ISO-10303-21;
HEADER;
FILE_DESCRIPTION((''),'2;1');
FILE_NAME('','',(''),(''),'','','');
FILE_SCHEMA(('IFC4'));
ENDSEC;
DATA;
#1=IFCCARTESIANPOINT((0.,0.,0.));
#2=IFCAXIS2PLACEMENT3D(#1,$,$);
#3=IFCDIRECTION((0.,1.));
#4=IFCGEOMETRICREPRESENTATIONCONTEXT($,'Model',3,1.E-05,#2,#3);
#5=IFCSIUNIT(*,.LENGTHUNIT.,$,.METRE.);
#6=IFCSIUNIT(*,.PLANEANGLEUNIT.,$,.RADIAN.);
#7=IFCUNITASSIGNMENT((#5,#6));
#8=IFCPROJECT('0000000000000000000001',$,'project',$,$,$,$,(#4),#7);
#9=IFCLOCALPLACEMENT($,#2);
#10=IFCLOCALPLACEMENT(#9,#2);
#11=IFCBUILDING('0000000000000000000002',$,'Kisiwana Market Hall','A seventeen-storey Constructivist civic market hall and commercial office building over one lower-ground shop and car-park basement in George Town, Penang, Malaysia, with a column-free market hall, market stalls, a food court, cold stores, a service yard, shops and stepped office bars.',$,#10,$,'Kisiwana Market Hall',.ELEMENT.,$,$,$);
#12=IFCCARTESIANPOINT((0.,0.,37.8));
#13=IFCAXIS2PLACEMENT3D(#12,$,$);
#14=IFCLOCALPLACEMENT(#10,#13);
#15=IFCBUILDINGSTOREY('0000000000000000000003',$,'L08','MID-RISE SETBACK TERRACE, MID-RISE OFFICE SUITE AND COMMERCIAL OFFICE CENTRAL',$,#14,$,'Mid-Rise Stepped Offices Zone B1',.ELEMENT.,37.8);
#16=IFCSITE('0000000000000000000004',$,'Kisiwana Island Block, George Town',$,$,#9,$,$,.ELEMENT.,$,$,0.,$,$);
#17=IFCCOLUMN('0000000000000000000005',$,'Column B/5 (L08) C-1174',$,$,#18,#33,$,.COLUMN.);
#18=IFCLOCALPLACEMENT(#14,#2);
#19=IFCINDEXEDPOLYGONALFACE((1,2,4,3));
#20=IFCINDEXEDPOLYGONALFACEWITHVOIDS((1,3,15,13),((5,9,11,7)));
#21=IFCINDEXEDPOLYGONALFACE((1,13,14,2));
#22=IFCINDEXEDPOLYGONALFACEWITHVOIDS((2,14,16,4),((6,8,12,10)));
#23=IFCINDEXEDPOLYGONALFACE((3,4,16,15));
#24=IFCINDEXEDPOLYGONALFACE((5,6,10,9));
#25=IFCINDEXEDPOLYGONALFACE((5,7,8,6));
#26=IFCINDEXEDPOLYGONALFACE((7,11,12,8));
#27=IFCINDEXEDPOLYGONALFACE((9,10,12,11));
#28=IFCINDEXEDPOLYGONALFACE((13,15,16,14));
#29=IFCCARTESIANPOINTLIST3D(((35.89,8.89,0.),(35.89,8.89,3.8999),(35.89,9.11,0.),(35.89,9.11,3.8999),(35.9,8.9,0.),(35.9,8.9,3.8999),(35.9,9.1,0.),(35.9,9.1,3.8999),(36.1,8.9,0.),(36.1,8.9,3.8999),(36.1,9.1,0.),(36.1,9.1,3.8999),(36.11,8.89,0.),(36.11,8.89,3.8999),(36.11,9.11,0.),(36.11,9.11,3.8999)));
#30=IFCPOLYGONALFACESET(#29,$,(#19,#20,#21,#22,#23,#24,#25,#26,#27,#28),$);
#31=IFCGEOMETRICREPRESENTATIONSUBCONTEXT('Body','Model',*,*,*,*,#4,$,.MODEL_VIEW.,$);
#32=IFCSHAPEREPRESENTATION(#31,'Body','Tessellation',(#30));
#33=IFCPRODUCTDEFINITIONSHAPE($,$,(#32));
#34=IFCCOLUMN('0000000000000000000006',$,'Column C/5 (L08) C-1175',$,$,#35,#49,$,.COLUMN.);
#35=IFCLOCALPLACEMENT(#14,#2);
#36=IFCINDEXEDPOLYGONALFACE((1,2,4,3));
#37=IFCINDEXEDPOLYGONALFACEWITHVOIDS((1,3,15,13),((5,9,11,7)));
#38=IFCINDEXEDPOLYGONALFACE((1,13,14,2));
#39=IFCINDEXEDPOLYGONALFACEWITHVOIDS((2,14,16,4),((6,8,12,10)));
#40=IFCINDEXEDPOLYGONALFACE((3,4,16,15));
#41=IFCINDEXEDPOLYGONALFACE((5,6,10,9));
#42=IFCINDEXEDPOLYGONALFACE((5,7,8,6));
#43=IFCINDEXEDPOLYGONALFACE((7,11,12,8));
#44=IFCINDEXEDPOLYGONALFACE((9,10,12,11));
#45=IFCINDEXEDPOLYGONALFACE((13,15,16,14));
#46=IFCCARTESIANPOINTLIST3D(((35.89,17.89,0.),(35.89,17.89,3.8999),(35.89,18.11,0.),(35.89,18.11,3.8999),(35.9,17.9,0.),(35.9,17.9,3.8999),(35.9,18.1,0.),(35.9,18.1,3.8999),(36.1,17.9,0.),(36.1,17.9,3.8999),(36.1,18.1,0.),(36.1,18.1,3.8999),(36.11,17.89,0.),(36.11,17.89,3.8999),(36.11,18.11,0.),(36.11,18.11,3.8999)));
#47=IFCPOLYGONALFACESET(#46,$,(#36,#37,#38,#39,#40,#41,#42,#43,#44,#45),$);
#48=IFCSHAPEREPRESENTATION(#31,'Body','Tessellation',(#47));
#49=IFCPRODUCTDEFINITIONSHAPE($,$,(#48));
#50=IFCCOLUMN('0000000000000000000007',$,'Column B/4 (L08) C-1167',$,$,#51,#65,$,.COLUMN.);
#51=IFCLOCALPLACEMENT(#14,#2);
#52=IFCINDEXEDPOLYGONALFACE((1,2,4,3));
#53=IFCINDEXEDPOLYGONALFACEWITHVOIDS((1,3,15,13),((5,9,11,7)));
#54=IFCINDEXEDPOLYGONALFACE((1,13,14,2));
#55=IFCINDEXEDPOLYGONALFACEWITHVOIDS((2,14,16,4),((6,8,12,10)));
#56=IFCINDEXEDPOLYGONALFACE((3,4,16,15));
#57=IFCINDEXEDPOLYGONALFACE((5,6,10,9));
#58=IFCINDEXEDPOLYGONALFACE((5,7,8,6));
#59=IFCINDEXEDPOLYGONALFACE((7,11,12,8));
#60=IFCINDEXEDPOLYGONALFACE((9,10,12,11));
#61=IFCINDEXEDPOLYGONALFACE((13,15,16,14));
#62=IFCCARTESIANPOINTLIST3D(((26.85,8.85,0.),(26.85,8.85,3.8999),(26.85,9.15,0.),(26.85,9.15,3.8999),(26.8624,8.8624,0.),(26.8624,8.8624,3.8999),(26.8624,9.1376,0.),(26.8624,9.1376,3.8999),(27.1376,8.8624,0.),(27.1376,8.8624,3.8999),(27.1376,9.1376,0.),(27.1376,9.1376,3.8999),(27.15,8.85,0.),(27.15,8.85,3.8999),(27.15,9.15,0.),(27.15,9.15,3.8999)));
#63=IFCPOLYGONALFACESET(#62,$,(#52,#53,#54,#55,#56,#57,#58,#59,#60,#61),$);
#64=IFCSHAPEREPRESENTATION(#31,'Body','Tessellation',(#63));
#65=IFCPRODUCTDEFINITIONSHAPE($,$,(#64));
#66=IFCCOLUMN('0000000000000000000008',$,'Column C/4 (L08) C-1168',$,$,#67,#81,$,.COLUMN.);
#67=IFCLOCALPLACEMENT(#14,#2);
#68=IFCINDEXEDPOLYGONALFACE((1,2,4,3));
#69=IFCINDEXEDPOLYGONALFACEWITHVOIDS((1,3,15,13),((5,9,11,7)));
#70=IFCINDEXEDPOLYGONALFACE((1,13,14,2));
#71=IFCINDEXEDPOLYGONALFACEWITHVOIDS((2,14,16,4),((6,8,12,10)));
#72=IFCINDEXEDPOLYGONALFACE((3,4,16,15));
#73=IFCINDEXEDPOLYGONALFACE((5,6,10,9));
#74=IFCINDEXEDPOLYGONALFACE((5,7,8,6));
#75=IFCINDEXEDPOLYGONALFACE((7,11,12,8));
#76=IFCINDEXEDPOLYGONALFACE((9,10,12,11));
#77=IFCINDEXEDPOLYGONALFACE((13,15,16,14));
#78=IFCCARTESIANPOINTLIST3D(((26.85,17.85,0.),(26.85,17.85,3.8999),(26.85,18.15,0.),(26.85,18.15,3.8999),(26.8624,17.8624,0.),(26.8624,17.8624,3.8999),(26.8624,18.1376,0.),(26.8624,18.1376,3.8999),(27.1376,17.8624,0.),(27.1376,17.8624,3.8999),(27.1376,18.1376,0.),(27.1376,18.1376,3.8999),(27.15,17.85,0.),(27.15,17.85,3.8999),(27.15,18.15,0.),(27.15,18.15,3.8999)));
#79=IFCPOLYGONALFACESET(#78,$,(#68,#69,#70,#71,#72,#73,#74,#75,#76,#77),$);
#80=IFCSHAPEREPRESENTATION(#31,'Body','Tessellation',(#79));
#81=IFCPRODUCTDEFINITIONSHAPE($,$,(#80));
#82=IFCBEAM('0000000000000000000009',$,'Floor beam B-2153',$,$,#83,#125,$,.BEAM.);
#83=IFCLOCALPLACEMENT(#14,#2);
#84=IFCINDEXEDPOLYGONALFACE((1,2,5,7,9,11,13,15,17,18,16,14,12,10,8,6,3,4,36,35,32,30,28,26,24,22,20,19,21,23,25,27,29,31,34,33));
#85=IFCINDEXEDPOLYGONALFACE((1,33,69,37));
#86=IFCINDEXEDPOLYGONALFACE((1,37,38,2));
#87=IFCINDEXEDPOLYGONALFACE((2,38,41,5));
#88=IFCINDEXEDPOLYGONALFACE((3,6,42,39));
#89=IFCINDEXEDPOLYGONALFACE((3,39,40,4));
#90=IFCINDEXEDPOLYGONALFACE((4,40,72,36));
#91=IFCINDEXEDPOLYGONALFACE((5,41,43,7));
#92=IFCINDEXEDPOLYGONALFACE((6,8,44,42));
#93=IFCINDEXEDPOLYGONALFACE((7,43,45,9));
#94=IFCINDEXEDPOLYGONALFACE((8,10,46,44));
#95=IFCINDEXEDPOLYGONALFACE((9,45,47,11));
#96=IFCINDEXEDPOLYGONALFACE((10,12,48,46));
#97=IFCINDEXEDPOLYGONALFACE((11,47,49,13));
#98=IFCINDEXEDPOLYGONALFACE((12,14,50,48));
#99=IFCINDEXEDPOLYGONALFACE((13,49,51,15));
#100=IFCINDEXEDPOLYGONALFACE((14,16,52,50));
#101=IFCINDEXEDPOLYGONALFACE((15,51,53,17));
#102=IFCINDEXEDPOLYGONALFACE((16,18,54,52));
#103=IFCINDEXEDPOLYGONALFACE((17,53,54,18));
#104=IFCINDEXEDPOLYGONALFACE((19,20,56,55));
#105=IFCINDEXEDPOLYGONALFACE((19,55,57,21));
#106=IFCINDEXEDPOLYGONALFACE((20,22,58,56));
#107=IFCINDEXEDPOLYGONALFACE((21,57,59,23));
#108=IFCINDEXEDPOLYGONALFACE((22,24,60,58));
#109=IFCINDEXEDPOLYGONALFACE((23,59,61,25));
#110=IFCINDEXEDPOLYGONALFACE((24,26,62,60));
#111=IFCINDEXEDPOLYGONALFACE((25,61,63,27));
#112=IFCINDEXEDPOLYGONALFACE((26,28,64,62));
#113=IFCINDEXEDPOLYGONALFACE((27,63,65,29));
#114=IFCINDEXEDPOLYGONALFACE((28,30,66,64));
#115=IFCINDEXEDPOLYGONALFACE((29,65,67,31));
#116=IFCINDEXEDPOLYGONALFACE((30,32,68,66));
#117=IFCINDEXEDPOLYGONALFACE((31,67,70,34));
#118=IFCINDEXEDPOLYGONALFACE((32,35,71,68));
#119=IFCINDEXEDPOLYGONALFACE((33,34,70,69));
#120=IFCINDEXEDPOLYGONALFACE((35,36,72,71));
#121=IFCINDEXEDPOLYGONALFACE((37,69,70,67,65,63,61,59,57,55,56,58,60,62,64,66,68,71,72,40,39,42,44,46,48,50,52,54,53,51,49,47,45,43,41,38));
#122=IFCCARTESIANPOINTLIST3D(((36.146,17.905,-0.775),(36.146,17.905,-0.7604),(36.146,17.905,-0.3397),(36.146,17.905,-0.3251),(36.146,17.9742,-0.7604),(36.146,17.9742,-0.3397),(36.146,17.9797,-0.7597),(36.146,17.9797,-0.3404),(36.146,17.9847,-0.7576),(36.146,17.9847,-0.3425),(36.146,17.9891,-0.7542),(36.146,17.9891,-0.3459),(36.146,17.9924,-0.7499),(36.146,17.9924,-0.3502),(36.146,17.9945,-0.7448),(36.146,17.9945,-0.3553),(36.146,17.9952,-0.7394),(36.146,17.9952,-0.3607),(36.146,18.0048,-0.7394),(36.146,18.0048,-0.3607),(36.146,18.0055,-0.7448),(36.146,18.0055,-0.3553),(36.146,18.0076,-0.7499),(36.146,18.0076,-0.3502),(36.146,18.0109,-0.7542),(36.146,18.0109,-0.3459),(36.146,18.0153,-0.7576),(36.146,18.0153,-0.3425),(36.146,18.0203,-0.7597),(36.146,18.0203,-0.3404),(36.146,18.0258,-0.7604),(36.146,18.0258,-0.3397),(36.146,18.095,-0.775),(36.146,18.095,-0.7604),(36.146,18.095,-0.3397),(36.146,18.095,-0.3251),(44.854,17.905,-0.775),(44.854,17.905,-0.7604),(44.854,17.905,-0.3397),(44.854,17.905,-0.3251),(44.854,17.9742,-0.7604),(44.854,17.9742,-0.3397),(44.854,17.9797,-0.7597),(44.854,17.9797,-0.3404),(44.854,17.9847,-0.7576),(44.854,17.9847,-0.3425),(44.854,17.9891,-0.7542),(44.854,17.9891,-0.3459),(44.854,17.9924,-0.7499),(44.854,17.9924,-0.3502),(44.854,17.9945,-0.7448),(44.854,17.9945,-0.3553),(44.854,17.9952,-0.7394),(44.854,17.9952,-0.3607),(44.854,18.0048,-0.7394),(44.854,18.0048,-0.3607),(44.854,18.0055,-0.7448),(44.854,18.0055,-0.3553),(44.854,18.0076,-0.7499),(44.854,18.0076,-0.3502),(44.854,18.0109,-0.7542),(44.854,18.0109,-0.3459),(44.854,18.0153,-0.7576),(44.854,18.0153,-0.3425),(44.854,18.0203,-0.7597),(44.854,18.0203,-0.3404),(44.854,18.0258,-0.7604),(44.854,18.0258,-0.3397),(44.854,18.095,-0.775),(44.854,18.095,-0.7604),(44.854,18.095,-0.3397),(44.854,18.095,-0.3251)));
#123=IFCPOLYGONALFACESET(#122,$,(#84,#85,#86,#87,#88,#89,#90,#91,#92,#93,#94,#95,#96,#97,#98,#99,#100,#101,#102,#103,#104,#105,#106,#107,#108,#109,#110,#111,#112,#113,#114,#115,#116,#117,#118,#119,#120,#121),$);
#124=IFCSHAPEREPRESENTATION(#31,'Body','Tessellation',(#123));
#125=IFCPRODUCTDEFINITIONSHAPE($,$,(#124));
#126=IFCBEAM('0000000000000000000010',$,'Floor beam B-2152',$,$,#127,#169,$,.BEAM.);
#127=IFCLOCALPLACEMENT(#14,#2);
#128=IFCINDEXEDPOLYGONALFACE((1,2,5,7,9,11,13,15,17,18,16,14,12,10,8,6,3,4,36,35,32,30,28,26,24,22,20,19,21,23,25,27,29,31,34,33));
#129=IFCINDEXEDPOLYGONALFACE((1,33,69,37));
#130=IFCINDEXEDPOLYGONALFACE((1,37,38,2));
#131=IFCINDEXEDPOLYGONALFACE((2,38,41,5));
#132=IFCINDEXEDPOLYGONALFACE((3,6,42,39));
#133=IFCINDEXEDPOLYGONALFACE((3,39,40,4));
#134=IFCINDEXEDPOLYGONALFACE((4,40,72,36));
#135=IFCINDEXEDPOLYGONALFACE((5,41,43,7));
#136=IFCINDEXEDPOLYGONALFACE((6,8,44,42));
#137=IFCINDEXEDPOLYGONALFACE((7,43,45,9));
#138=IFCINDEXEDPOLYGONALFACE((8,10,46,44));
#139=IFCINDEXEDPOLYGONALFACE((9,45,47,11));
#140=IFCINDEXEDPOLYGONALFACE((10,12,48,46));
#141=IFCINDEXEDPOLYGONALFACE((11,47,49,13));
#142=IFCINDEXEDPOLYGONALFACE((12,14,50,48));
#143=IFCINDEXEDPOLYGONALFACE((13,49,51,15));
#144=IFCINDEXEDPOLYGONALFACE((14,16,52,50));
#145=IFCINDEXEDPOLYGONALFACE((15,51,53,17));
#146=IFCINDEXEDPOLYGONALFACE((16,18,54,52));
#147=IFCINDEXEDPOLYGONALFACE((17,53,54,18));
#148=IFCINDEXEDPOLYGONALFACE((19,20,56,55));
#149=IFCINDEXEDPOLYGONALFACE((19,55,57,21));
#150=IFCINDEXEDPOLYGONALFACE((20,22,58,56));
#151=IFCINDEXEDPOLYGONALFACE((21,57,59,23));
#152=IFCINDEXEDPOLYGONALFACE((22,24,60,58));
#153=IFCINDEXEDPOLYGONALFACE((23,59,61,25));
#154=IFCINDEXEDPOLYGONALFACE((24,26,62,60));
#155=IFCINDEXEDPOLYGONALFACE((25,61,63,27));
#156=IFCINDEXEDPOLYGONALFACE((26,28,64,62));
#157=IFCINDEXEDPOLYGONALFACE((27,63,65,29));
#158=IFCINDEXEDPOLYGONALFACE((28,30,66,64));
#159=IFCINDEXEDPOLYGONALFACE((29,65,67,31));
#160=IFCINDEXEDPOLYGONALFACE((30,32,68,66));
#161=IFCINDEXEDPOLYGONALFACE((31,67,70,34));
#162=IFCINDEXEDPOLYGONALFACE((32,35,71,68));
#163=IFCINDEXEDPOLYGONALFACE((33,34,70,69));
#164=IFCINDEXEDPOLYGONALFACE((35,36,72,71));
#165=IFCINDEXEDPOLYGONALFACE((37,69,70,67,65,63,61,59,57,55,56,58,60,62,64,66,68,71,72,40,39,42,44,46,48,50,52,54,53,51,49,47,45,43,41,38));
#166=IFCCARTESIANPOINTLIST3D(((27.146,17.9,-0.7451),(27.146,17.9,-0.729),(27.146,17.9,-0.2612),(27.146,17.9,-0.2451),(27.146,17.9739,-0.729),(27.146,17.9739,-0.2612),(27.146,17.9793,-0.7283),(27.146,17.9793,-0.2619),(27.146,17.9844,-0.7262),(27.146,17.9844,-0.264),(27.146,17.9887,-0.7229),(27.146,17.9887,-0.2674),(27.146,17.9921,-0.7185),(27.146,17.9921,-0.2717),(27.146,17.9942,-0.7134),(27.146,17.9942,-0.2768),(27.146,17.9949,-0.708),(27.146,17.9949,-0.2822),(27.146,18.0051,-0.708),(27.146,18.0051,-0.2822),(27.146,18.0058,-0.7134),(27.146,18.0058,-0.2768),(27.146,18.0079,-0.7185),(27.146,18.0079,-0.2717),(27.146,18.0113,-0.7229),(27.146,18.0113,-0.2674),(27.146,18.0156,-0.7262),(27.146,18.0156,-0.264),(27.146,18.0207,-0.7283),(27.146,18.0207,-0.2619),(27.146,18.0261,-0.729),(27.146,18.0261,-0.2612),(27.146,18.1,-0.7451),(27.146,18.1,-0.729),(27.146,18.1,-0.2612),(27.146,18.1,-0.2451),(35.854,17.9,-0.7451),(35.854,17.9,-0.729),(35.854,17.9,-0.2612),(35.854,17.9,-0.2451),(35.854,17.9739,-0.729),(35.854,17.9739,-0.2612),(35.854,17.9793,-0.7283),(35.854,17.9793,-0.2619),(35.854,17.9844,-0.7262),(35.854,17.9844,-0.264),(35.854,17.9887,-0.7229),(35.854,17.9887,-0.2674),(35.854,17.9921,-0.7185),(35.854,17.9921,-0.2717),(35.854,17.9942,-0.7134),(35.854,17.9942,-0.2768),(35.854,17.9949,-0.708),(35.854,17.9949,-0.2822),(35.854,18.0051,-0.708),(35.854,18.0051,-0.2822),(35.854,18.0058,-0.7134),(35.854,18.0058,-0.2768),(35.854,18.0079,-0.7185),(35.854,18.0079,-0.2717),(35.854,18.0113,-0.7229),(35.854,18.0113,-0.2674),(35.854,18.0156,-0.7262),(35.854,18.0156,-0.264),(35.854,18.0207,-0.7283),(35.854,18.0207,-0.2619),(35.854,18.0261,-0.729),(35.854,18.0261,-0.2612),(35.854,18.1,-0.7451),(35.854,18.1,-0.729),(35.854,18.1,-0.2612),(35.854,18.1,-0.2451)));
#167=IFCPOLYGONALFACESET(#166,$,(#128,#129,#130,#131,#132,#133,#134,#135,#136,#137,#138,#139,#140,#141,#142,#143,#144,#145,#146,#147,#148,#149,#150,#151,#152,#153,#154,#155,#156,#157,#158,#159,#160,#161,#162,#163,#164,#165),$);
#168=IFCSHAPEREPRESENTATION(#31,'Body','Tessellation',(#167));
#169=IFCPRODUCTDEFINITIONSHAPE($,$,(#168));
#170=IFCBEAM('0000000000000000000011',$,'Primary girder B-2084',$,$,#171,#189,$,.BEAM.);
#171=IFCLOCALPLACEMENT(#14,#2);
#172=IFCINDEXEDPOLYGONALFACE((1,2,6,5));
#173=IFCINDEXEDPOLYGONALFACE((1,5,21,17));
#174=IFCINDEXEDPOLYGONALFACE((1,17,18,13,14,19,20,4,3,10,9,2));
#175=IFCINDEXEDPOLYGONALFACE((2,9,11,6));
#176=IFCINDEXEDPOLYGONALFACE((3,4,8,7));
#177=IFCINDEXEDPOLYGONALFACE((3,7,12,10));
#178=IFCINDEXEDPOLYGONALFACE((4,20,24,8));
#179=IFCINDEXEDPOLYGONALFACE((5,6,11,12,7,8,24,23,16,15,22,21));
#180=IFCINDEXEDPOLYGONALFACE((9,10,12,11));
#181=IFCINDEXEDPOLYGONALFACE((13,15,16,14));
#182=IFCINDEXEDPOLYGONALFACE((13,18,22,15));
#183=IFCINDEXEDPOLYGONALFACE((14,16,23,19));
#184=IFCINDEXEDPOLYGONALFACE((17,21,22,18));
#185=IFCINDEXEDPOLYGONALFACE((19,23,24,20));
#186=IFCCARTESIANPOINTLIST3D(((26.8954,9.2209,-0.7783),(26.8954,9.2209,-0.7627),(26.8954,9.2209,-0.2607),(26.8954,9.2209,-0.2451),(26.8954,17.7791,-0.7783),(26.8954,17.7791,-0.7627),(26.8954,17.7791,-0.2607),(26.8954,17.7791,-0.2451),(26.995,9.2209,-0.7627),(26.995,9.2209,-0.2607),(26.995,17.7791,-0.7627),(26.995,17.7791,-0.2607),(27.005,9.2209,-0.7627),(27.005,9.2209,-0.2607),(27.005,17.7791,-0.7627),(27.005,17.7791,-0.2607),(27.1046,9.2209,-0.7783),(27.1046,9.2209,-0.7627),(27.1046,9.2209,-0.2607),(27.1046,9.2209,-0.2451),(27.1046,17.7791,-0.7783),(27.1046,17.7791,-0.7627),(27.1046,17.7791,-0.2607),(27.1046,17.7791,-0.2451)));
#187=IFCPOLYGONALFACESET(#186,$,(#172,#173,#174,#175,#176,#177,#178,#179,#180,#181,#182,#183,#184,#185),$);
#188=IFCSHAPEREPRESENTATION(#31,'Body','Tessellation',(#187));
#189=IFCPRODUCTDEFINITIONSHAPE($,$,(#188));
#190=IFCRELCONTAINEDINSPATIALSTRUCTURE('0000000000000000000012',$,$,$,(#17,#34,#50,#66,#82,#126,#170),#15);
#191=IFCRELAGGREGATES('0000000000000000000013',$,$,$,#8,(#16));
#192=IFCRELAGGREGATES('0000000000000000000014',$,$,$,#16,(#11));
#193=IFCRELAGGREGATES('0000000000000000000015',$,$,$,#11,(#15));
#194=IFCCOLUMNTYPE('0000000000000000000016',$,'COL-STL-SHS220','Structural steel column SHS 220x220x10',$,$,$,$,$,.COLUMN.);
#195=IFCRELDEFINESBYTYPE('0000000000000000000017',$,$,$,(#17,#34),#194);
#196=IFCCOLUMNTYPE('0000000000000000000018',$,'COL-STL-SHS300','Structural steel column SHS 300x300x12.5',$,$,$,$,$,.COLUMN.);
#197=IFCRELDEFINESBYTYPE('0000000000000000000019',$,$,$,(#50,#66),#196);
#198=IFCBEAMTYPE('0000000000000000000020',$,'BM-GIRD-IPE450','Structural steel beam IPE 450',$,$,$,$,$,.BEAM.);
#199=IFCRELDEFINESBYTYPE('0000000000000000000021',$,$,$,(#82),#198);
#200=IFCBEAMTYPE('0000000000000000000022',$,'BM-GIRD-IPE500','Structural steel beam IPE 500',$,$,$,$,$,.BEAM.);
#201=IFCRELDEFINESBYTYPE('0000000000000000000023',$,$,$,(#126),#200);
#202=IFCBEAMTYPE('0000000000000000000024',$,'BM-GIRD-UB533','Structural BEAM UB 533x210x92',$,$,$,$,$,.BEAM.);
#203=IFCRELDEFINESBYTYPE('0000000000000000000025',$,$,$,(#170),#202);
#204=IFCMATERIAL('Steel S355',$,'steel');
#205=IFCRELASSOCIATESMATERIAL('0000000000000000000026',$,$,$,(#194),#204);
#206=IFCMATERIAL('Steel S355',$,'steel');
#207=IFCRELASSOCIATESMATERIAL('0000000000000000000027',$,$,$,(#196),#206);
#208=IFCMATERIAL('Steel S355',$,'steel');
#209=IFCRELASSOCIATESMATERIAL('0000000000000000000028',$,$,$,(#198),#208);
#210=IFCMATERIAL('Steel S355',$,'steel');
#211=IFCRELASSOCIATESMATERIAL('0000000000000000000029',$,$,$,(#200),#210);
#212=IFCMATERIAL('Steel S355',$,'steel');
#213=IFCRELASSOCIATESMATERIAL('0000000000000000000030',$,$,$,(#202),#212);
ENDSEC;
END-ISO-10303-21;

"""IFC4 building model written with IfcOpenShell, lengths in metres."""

from ifc_helpers import new_model, si_unit, direction, frame, origin, origin_2d, place, context, subcontext, project, spatial, hollow_rectangle, i_section, extrude, material, material_profile, profile_set, type_object, element, save


model = new_model("IFC4")

# Units and contexts
model_context = context("Model", 3, precision=1e-05, world=origin(), true_north=direction((0.0, 1.0)))
body_context = subcontext(model_context, "Body", "Model", "MODEL_VIEW")
ifc_project = project(units=[si_unit("LENGTHUNIT", "METRE"), si_unit("PLANEANGLEUNIT", "RADIAN")], contexts=[model_context])

# Site, building, storey
site_placement = place(None, origin())
site = spatial("IfcSite", under=ifc_project, at=site_placement, Name="Kisiwana Island Block, George Town", CompositionType="ELEMENT", RefElevation=0.0)
building_placement = place(site_placement, origin())
building = spatial("IfcBuilding", under=site, at=building_placement, Name="Kisiwana Market Hall", Description="A seventeen-storey Constructivist civic market hall and commercial office building over one lower-ground shop and car-park basement in George Town, Penang, Malaysia, with a column-free market hall, market stalls, a food court, cold stores, a service yard, shops and stepped office bars.", LongName="Kisiwana Market Hall", CompositionType="ELEMENT")
storey_placement = place(building_placement, frame((0.0, 0.0, 37.8)))
storey = spatial("IfcBuildingStorey", under=building, at=storey_placement, Name="L08", Description="MID-RISE SETBACK TERRACE, MID-RISE OFFICE SUITE AND COMMERCIAL OFFICE CENTRAL", LongName="Mid-Rise Stepped Offices Zone B1", CompositionType="ELEMENT", Elevation=37.8)

# Columns
ifc_material_1 = material(Name="Steel S355", Category="steel")
ifc_material_profile_1 = material_profile(ifc_material_1, hollow_rectangle(XDim=0.22, YDim=0.22, WallThickness=0.01, at=origin_2d()), Name="SHS 220x220x10")
ifc_profile_set_1 = profile_set([ifc_material_profile_1], Name="Steel S355")
column_type_1 = type_object("IfcColumnType", Name="COL-STL-SHS220", Description="Structural steel column SHS 220x220x10", PredefinedType="COLUMN", material=ifc_profile_set_1)
for number, where, z_axis, x_axis, name in (
    (1, (36.0, 9.0, 0.0), (0.0, 0.0, 1.0), (1.0, 0.0, 0.0), "Column B/5 (L08) C-1174"),
    (2, (36.0, 18.0, 0.0), (0.0, 0.0, 1.0), (1.0, 0.0, 0.0), "Column C/5 (L08) C-1175"),
):
    element("IfcColumn", number, at=place(storey_placement, frame(where, z_axis=z_axis, x_axis=x_axis)), inside=storey, type_object=column_type_1, Name=name, PredefinedType="COLUMN", context=body_context, shape_type="SweptSolid", body=[
        extrude(hollow_rectangle(XDim=0.22, YDim=0.22, WallThickness=0.01, at=origin_2d()), origin(), (0.0, 0.0, 1.0), 3.8999),
    ])
ifc_material_2 = material(Name="Steel S355", Category="steel")
ifc_material_profile_2 = material_profile(ifc_material_2, hollow_rectangle(XDim=0.3, YDim=0.3, WallThickness=0.0125, at=origin_2d()), Name="SHS 300x300x12.5")
ifc_profile_set_2 = profile_set([ifc_material_profile_2], Name="Steel S355")
column_type_2 = type_object("IfcColumnType", Name="COL-STL-SHS300", Description="Structural steel column SHS 300x300x12.5", PredefinedType="COLUMN", material=ifc_profile_set_2)
for number, where, z_axis, x_axis, name in (
    (3, (27.0, 9.0, 0.0), (0.0, 0.0, 1.0), (1.0, 0.0, 0.0), "Column B/4 (L08) C-1167"),
    (4, (27.0, 18.0, 0.0), (0.0, 0.0, 1.0), (1.0, 0.0, 0.0), "Column C/4 (L08) C-1168"),
):
    element("IfcColumn", number, at=place(storey_placement, frame(where, z_axis=z_axis, x_axis=x_axis)), inside=storey, type_object=column_type_2, Name=name, PredefinedType="COLUMN", context=body_context, shape_type="SweptSolid", body=[
        extrude(hollow_rectangle(XDim=0.3, YDim=0.3, WallThickness=0.0125, at=origin_2d()), origin(), (0.0, 0.0, 1.0), 3.8999),
    ])

# Beams
ifc_material_3 = material(Name="Steel S355", Category="steel")
ifc_material_profile_3 = material_profile(ifc_material_3, i_section(OverallWidth=0.1899, OverallDepth=0.45, WebThickness=0.0095, FlangeThickness=0.0146, FilletRadius=0.021, at=origin_2d()), Name="IPE 450")
ifc_profile_set_3 = profile_set([ifc_material_profile_3], Name="Steel S355")
beam_type_1 = type_object("IfcBeamType", Name="BM-GIRD-IPE450", Description="Structural steel beam IPE 450", PredefinedType="BEAM", material=ifc_profile_set_3)
beam_1_placement = place(storey_placement, frame((36.146, 18.0, -0.55), z_axis=(1.0, 0.0, 0.0), x_axis=(0.0, 1.0, 0.0)))
element("IfcBeam", 5, at=beam_1_placement, inside=storey, type_object=beam_type_1, Name="Floor beam B-2153", PredefinedType="BEAM", context=body_context, shape_type="SweptSolid", body=[
    extrude(i_section(OverallWidth=0.1899, OverallDepth=0.45, WebThickness=0.0095, FlangeThickness=0.0146, FilletRadius=0.021, at=origin_2d()), origin(), (0.0, 0.0, 1.0), 8.708),
])
ifc_material_4 = material(Name="Steel S355", Category="steel")
ifc_material_profile_4 = material_profile(ifc_material_4, i_section(OverallWidth=0.2, OverallDepth=0.5, WebThickness=0.0103, FlangeThickness=0.0161, FilletRadius=0.021, at=origin_2d()), Name="IPE 500")
ifc_profile_set_4 = profile_set([ifc_material_profile_4], Name="Steel S355")
beam_type_2 = type_object("IfcBeamType", Name="BM-GIRD-IPE500", Description="Structural steel beam IPE 500", PredefinedType="BEAM", material=ifc_profile_set_4)
beam_2_placement = place(storey_placement, frame((27.146, 18.0, -0.4951), z_axis=(1.0, 0.0, 0.0), x_axis=(0.0, 1.0, 0.0)))
element("IfcBeam", 6, at=beam_2_placement, inside=storey, type_object=beam_type_2, Name="Floor beam B-2152", PredefinedType="BEAM", context=body_context, shape_type="SweptSolid", body=[
    extrude(i_section(OverallWidth=0.2, OverallDepth=0.5, WebThickness=0.0103, FlangeThickness=0.0161, FilletRadius=0.021, at=origin_2d()), origin(), (0.0, 0.0, 1.0), 8.708),
])
ifc_material_5 = material(Name="Steel S355", Category="steel")
ifc_material_profile_5 = material_profile(ifc_material_5, i_section(OverallWidth=0.2092, OverallDepth=0.5332, WebThickness=0.01, FlangeThickness=0.0156, at=origin_2d()), Name="UB 533x210x92")
ifc_profile_set_5 = profile_set([ifc_material_profile_5], Name="Steel S355")
beam_type_3 = type_object("IfcBeamType", Name="BM-GIRD-UB533", Description="Structural BEAM UB 533x210x92", PredefinedType="BEAM", material=ifc_profile_set_5)
beam_3_placement = place(storey_placement, frame((27.0, 9.2209, -0.5117), z_axis=(0.0, 1.0, 0.0), x_axis=(-1.0, 0.0, 0.0)))
element("IfcBeam", 7, at=beam_3_placement, inside=storey, type_object=beam_type_3, Name="Primary girder B-2084", PredefinedType="BEAM", context=body_context, shape_type="SweptSolid", body=[
    extrude(i_section(OverallWidth=0.2092, OverallDepth=0.5332, WebThickness=0.01, FlangeThickness=0.0156, at=origin_2d()), origin(), (0.0, 0.0, 1.0), 8.5581),
])

save(model, "model.ifc")
